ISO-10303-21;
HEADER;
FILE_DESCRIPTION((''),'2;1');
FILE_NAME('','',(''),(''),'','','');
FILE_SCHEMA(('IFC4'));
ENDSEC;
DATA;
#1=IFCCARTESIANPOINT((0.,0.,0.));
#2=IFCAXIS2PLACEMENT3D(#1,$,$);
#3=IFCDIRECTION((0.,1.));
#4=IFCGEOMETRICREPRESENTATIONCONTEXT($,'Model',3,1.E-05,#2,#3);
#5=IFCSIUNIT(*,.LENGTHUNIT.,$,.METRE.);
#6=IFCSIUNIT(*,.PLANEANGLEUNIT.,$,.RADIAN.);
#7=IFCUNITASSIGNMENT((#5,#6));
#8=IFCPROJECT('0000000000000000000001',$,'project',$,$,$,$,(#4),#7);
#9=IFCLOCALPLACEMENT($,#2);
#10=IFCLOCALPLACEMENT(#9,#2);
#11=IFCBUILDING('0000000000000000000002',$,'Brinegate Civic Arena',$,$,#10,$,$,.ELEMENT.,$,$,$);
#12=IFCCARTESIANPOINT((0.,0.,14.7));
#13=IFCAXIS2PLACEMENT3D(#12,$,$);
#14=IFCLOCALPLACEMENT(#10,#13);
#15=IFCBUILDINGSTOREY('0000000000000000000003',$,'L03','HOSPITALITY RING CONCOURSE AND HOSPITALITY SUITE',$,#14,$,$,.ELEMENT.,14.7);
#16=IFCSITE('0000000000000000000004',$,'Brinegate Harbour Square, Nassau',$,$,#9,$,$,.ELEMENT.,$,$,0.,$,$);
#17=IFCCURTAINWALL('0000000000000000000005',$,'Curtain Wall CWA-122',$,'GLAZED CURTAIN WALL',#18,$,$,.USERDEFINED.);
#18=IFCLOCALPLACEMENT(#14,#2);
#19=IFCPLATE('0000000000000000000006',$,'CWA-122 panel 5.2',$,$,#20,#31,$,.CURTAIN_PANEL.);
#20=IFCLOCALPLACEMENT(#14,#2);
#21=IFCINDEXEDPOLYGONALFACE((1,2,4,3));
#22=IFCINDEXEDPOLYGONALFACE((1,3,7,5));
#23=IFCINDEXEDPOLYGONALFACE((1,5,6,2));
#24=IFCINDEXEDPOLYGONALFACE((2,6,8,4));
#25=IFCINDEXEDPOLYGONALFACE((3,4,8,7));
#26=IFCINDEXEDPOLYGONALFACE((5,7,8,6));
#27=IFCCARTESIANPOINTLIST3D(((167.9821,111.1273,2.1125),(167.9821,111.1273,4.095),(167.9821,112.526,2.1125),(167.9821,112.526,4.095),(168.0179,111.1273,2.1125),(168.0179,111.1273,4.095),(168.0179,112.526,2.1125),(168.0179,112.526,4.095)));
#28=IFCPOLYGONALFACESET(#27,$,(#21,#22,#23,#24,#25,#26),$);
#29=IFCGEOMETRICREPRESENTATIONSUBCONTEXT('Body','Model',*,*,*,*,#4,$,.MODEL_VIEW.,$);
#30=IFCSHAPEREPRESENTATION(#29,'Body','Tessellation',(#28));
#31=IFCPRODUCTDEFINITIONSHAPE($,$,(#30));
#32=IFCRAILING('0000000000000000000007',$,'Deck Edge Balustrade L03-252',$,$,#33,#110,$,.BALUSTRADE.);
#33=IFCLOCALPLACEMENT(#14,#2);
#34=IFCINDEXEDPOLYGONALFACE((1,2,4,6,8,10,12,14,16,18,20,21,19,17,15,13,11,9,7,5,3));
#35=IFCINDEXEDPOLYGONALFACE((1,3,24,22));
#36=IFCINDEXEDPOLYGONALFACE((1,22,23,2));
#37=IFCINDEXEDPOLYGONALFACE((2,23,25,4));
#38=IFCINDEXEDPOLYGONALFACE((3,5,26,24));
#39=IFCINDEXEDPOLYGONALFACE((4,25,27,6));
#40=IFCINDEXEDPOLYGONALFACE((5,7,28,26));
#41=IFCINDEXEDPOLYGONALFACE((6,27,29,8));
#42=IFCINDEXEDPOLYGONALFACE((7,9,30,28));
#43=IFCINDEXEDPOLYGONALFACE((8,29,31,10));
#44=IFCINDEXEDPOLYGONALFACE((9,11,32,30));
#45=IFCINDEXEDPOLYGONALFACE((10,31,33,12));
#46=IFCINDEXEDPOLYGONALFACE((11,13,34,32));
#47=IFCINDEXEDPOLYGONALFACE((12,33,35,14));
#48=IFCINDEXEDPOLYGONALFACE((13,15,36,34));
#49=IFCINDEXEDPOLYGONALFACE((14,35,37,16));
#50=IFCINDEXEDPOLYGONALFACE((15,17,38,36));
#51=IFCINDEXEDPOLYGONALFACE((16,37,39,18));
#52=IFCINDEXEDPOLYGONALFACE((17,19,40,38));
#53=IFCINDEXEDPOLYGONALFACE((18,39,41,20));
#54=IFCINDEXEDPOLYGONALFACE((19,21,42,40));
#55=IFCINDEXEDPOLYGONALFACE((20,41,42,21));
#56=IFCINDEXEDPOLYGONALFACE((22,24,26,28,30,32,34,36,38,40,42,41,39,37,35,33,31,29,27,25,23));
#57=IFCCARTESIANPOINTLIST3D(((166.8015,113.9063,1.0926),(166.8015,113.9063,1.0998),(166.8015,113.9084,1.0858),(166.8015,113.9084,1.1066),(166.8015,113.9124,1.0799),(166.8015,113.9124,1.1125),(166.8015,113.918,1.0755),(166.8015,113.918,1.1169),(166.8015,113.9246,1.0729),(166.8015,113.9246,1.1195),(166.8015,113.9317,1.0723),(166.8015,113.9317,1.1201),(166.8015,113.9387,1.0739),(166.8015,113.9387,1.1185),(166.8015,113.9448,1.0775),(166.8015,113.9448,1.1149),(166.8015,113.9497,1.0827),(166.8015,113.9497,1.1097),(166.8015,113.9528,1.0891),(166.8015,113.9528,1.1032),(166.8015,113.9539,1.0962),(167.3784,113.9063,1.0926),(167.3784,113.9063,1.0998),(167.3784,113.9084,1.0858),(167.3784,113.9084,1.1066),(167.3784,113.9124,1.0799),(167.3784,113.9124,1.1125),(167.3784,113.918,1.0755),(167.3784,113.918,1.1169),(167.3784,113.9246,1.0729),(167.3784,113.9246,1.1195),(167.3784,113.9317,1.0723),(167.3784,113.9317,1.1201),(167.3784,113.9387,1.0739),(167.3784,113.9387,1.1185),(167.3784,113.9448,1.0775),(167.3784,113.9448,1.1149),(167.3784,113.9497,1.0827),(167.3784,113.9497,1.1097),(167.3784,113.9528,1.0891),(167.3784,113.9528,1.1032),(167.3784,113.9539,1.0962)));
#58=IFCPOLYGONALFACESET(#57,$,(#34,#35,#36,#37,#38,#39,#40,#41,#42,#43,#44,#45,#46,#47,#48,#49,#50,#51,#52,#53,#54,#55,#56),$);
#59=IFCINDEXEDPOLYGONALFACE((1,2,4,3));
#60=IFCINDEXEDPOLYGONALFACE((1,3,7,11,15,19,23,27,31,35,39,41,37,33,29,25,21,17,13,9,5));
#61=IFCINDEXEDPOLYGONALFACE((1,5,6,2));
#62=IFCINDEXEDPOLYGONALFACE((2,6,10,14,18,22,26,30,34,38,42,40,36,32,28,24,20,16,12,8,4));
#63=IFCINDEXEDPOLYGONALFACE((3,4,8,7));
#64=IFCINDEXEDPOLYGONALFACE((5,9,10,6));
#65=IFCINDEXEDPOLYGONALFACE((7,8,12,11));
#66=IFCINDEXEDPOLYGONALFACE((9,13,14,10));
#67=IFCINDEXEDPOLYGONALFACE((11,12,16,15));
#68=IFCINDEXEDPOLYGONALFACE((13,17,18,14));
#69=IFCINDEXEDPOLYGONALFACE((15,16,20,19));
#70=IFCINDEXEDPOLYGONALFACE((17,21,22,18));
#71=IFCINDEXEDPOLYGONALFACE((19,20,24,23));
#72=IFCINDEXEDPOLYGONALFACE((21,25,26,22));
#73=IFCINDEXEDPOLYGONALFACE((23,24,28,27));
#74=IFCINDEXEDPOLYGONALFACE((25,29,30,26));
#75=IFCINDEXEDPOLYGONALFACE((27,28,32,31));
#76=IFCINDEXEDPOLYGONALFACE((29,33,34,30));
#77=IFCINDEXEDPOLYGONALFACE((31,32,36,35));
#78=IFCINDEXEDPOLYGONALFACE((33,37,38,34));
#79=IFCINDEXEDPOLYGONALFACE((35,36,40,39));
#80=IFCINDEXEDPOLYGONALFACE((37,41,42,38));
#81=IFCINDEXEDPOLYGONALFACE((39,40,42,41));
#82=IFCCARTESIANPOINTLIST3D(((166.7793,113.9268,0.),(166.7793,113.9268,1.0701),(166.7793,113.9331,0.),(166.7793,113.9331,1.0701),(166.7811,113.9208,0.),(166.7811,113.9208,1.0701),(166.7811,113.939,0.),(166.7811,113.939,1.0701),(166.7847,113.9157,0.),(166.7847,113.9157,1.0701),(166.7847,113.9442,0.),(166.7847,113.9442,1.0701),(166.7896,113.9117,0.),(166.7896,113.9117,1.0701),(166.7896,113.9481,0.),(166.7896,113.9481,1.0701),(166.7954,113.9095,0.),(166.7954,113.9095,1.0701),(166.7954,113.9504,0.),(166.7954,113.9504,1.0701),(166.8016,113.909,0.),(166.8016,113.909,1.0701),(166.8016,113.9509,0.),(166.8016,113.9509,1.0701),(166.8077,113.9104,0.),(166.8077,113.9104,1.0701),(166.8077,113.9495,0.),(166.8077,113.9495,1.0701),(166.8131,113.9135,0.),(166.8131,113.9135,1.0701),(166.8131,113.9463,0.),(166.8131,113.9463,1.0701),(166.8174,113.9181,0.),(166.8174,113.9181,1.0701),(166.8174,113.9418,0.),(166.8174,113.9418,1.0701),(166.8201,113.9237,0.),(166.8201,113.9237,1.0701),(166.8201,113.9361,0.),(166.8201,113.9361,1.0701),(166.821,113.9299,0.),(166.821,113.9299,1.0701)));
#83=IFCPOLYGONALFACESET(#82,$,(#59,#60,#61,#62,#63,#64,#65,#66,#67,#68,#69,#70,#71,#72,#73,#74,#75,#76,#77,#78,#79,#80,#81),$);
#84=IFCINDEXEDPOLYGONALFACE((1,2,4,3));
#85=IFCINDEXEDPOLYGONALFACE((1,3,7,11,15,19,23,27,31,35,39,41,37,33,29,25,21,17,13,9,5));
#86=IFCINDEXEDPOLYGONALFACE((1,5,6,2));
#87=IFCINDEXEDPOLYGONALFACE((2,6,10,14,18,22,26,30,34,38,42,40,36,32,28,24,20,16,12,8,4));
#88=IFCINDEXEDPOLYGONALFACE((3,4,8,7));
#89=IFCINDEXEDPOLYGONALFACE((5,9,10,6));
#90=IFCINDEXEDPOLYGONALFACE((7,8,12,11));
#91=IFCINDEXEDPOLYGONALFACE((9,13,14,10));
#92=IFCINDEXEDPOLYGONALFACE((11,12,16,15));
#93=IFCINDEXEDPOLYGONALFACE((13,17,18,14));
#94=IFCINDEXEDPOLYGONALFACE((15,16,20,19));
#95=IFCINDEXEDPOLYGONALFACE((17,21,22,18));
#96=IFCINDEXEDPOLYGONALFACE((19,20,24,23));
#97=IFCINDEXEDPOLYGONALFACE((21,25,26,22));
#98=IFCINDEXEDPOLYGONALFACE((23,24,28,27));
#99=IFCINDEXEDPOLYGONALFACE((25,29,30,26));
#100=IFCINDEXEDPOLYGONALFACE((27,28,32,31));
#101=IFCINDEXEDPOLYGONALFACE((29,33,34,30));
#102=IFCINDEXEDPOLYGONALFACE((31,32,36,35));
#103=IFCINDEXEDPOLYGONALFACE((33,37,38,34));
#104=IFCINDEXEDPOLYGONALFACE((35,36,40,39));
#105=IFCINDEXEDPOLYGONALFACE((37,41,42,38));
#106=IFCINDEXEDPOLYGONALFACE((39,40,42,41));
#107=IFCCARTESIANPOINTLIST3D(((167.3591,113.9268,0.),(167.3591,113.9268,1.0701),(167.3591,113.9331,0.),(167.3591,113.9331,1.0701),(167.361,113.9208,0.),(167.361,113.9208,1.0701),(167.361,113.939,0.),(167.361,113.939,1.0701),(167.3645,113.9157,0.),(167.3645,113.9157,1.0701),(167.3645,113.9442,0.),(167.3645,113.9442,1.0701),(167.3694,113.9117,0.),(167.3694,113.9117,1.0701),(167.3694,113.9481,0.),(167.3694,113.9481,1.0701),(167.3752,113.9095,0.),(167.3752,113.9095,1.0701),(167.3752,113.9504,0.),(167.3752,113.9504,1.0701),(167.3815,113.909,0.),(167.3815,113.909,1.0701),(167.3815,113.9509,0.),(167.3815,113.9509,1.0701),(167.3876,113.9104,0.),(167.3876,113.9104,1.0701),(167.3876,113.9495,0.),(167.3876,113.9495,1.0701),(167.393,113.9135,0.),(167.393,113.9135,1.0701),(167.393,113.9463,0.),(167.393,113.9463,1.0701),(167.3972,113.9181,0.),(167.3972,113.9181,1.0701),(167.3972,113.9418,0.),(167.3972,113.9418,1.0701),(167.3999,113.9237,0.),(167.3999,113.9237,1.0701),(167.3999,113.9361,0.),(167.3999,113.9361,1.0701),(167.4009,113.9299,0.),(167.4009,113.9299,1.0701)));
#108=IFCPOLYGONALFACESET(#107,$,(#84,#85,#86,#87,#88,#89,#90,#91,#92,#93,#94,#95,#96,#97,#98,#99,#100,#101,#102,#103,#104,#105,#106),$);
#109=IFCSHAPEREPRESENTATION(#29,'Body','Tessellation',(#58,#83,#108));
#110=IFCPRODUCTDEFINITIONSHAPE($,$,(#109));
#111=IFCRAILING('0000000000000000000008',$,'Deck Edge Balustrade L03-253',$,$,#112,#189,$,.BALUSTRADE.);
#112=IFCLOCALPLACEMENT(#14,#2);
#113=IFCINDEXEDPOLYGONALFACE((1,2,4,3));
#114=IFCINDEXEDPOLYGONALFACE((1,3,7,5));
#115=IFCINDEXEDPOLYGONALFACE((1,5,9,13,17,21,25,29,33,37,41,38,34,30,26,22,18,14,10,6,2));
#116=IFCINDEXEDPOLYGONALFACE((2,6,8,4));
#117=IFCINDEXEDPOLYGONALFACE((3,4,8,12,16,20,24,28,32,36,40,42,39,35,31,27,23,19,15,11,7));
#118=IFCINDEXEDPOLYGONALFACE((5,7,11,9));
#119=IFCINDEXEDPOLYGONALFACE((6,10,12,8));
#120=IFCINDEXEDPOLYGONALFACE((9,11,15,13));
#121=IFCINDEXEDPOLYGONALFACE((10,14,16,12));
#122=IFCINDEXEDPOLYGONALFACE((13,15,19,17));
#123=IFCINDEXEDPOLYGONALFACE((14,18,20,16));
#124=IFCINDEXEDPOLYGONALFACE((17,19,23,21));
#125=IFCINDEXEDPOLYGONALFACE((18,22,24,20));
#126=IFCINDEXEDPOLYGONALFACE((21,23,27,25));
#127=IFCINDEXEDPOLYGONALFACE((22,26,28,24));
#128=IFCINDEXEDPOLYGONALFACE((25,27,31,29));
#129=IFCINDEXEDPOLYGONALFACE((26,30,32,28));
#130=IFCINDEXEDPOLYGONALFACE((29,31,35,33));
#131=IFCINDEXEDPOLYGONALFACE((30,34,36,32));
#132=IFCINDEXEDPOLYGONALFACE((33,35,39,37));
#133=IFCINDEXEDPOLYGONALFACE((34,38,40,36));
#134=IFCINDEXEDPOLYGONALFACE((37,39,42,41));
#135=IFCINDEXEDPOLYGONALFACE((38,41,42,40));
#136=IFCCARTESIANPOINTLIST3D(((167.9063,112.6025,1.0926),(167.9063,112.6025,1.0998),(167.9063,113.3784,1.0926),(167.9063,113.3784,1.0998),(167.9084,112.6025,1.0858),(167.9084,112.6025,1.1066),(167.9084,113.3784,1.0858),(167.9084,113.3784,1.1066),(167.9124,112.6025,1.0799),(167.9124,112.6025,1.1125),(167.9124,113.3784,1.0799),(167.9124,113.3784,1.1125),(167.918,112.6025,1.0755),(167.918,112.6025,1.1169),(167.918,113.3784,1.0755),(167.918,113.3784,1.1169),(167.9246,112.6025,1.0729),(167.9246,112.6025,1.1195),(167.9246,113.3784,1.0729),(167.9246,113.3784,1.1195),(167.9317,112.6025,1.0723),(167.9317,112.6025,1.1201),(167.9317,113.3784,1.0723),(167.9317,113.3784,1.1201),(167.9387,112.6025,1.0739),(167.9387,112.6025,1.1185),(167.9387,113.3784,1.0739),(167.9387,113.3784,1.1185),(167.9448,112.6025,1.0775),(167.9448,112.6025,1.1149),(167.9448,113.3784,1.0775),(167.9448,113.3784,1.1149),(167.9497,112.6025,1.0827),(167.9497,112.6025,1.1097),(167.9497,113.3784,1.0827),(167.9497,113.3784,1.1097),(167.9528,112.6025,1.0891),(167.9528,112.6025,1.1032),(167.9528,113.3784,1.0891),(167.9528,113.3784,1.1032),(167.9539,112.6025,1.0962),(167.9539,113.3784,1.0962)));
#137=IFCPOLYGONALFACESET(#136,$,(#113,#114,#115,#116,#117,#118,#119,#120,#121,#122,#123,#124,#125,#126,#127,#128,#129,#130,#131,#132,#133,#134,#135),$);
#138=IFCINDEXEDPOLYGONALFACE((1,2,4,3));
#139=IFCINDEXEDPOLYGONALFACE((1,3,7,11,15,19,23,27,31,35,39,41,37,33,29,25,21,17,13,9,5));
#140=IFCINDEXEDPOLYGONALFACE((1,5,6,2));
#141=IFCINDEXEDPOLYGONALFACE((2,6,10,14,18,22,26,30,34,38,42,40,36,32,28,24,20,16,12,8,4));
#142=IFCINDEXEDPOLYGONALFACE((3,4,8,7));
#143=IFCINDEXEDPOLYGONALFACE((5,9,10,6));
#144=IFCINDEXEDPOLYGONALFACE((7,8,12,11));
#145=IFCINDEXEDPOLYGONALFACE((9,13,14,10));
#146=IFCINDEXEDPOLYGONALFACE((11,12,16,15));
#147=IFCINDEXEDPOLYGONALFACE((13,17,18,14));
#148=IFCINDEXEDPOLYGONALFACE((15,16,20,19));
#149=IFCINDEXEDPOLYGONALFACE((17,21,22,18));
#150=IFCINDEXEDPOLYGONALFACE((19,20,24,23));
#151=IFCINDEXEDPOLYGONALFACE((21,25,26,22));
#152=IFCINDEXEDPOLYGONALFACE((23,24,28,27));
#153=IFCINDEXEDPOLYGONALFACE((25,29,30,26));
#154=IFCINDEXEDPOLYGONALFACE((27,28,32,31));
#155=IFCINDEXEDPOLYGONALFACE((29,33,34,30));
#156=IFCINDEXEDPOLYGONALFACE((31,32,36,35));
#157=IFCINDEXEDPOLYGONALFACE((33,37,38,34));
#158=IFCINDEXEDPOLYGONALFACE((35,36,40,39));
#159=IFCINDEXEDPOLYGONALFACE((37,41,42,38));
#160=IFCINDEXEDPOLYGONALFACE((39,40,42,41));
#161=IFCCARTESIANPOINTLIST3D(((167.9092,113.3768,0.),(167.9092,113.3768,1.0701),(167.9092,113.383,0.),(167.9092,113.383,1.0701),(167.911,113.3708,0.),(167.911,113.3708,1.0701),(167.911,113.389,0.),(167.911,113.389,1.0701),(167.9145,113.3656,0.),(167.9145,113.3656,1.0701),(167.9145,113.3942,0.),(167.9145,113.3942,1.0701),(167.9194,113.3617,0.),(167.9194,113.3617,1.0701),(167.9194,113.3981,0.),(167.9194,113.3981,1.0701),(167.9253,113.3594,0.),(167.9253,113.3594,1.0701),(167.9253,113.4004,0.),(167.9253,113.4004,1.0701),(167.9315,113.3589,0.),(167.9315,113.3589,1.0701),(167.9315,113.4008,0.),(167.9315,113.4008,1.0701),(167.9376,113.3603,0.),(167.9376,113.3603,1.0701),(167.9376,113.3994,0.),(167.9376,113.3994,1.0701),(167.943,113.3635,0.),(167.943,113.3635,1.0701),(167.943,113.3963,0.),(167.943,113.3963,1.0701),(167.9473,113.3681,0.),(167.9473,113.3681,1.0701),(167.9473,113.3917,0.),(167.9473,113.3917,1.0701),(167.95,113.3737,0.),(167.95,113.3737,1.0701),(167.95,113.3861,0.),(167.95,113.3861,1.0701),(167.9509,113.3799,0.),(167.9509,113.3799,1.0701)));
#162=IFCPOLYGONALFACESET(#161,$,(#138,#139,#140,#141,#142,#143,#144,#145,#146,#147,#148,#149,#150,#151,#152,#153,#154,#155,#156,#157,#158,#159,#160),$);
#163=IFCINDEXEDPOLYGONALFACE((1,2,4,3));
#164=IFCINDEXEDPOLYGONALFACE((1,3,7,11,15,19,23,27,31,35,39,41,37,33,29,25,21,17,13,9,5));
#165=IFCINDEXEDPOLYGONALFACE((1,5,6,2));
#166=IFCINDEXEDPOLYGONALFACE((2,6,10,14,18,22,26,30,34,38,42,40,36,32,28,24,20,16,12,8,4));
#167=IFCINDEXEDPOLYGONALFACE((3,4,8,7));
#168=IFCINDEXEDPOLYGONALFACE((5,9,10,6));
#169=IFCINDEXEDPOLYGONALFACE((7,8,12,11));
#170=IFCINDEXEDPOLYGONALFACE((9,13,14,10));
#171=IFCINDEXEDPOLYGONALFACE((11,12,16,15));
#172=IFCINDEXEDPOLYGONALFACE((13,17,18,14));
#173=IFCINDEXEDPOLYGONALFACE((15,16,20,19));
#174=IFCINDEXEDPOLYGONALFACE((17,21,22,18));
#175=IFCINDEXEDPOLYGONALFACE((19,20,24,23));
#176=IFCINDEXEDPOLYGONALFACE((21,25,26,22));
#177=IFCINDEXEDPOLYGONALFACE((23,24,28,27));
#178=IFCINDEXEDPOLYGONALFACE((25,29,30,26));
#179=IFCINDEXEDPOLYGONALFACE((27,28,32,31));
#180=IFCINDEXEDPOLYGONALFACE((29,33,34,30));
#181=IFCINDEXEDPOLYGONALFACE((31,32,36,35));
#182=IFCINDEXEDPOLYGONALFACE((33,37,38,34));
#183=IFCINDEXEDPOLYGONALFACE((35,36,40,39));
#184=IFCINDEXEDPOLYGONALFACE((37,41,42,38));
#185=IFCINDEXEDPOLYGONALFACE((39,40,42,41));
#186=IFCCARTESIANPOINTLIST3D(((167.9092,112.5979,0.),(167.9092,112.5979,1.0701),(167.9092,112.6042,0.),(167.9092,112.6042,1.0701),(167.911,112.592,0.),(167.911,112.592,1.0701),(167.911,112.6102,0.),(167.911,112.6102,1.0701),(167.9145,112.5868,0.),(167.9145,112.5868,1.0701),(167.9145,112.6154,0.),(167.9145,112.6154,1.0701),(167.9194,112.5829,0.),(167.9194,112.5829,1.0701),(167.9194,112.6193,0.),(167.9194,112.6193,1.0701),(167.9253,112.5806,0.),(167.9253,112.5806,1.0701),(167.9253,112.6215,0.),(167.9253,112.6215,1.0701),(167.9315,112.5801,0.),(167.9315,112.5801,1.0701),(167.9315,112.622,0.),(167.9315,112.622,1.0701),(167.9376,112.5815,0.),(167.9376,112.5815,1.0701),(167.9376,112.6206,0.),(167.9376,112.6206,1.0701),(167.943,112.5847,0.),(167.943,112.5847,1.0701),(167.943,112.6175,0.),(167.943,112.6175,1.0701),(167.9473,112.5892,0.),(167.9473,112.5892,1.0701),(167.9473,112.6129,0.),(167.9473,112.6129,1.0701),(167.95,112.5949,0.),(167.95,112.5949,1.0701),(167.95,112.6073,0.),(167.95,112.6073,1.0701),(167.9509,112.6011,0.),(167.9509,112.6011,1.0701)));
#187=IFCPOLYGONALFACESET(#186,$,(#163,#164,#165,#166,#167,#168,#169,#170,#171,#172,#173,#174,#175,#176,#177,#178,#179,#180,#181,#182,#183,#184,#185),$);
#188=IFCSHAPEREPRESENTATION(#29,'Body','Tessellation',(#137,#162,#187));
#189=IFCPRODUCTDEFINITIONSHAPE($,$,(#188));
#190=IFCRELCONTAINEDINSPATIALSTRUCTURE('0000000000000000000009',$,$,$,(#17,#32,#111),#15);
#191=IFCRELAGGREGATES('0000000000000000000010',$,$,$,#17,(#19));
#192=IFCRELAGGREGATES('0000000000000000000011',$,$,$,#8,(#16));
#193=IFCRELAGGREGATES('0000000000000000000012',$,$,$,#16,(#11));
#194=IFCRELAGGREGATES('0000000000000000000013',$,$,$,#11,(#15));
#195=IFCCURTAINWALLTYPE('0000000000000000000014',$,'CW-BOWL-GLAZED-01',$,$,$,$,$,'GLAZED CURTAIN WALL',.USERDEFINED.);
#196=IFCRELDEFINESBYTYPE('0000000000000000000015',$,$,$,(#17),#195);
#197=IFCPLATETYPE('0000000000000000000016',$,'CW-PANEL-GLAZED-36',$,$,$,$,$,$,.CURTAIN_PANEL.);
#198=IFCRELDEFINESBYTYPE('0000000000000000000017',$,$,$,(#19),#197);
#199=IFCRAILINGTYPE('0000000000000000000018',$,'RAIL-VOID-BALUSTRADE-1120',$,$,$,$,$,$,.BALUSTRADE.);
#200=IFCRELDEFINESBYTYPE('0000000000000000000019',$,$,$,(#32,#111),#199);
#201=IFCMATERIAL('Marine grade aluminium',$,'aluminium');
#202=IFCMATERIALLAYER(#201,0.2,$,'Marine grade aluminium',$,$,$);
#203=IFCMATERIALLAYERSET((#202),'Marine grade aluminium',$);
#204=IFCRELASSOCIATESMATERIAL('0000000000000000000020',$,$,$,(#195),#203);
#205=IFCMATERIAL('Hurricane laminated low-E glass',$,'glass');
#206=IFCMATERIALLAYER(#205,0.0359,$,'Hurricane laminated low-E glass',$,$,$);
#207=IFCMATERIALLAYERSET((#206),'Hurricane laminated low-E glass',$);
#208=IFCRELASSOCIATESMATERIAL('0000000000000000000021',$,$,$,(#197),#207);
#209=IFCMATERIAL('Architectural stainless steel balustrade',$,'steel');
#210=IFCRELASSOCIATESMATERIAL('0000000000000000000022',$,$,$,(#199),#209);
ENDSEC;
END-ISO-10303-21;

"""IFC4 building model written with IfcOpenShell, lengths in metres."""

from ifc_helpers import new_model, si_unit, direction, frame, origin, origin_2d, place, context, subcontext, project, spatial, rectangle, circle, extrude, material, layer, layer_set, type_object, element, aggregate, save


model = new_model("IFC4")

# Units and contexts
model_context = context("Model", 3, precision=1e-05, world=origin(), true_north=direction((0.0, 1.0)))
body_context = subcontext(model_context, "Body", "Model", "MODEL_VIEW")
ifc_project = project(units=[si_unit("LENGTHUNIT", "METRE"), si_unit("PLANEANGLEUNIT", "RADIAN")], contexts=[model_context])

# Site, building, storey
site_placement = place(None, origin())
site = spatial("IfcSite", under=ifc_project, at=site_placement, Name="Brinegate Harbour Square, Nassau", CompositionType="ELEMENT", RefElevation=0.0)
building_placement = place(site_placement, origin())
building = spatial("IfcBuilding", under=site, at=building_placement, Name="Brinegate Civic Arena", CompositionType="ELEMENT")
storey_placement = place(building_placement, frame((0.0, 0.0, 14.7)))
storey = spatial("IfcBuildingStorey", under=building, at=storey_placement, Name="L03", Description="HOSPITALITY RING CONCOURSE AND HOSPITALITY SUITE", CompositionType="ELEMENT", Elevation=14.7)

# Curtain wall, plate
ifc_material_1 = material(Name="Marine grade aluminium", Category="aluminium")
ifc_layer_1 = layer(ifc_material_1, 0.2, Name="Marine grade aluminium")
ifc_layer_set_1 = layer_set([ifc_layer_1], Name="Marine grade aluminium")
curtain_wall_type = type_object("IfcCurtainWallType", Name="CW-BOWL-GLAZED-01", ElementType="GLAZED CURTAIN WALL", PredefinedType="USERDEFINED", material=ifc_layer_set_1)
curtain_wall_placement = place(storey_placement, origin())
curtain_wall = element("IfcCurtainWall", 1, at=curtain_wall_placement, inside=storey, type_object=curtain_wall_type, Name="Curtain Wall CWA-122", ObjectType="GLAZED CURTAIN WALL", PredefinedType="USERDEFINED")
ifc_material_2 = material(Name="Hurricane laminated low-E glass", Category="glass")
ifc_layer_2 = layer(ifc_material_2, 0.0359, Name="Hurricane laminated low-E glass")
ifc_layer_set_2 = layer_set([ifc_layer_2], Name="Hurricane laminated low-E glass")
plate_type = type_object("IfcPlateType", Name="CW-PANEL-GLAZED-36", PredefinedType="CURTAIN_PANEL", material=ifc_layer_set_2)
plate_1_placement = place(storey_placement, frame((168.0, 111.8267, 2.1125), z_axis=(0.0, 0.0, 1.0), x_axis=(0.0, 1.0, 0.0)))
plate_1 = element("IfcPlate", 2, at=plate_1_placement, type_object=plate_type, Name="CWA-122 panel 5.2", PredefinedType="CURTAIN_PANEL", context=body_context, shape_type="SweptSolid", body=[
    extrude(rectangle(XDim=1.3987, YDim=0.0359, at=origin_2d()), origin(), (0.0, 0.0, 1.0), 1.9824),
])
aggregate(curtain_wall, [plate_1])

# Railings
ifc_material_3 = material(Name="Architectural stainless steel balustrade", Category="steel")
railing_type = type_object("IfcRailingType", Name="RAIL-VOID-BALUSTRADE-1120", PredefinedType="BALUSTRADE", material=ifc_material_3)
railing_1_placement = place(storey_placement, frame((166.8, 113.9299, 0.0)))
element("IfcRailing", 3, at=railing_1_placement, inside=storey, type_object=railing_type, Name="Deck Edge Balustrade L03-252", PredefinedType="BALUSTRADE", context=body_context, shape_type="SweptSolid", body=[
    extrude(circle(Radius=0.0239, at=origin_2d()), frame((0.0015, 0.0, 1.0962), z_axis=(1.0, 0.0, 0.0), x_axis=(0.0, 1.0, 0.0)), (0.0, 0.0, 1.0), 0.5769),
    extrude(circle(Radius=0.021, at=origin_2d()), origin(), (0.0, 0.0, 1.0), 1.0701),
    extrude(circle(Radius=0.021, at=origin_2d()), frame((0.5798, 0.0, 0.0)), (0.0, 0.0, 1.0), 1.0701),
])
railing_2_placement = place(storey_placement, frame((167.9299, 113.3799, 0.0)))
element("IfcRailing", 4, at=railing_2_placement, inside=storey, type_object=railing_type, Name="Deck Edge Balustrade L03-253", PredefinedType="BALUSTRADE", context=body_context, shape_type="SweptSolid", body=[
    extrude(circle(Radius=0.0239, at=origin_2d()), frame((0.0, -0.0015, 1.0962), z_axis=(0.0, -1.0, 0.0), x_axis=(1.0, 0.0, 0.0)), (0.0, 0.0, 1.0), 0.7759),
    extrude(circle(Radius=0.021, at=origin_2d()), origin(), (0.0, 0.0, 1.0), 1.0701),
    extrude(circle(Radius=0.021, at=origin_2d()), frame((0.0, -0.7788, 0.0)), (0.0, 0.0, 1.0), 1.0701),
])

save(model, "model.ifc")
